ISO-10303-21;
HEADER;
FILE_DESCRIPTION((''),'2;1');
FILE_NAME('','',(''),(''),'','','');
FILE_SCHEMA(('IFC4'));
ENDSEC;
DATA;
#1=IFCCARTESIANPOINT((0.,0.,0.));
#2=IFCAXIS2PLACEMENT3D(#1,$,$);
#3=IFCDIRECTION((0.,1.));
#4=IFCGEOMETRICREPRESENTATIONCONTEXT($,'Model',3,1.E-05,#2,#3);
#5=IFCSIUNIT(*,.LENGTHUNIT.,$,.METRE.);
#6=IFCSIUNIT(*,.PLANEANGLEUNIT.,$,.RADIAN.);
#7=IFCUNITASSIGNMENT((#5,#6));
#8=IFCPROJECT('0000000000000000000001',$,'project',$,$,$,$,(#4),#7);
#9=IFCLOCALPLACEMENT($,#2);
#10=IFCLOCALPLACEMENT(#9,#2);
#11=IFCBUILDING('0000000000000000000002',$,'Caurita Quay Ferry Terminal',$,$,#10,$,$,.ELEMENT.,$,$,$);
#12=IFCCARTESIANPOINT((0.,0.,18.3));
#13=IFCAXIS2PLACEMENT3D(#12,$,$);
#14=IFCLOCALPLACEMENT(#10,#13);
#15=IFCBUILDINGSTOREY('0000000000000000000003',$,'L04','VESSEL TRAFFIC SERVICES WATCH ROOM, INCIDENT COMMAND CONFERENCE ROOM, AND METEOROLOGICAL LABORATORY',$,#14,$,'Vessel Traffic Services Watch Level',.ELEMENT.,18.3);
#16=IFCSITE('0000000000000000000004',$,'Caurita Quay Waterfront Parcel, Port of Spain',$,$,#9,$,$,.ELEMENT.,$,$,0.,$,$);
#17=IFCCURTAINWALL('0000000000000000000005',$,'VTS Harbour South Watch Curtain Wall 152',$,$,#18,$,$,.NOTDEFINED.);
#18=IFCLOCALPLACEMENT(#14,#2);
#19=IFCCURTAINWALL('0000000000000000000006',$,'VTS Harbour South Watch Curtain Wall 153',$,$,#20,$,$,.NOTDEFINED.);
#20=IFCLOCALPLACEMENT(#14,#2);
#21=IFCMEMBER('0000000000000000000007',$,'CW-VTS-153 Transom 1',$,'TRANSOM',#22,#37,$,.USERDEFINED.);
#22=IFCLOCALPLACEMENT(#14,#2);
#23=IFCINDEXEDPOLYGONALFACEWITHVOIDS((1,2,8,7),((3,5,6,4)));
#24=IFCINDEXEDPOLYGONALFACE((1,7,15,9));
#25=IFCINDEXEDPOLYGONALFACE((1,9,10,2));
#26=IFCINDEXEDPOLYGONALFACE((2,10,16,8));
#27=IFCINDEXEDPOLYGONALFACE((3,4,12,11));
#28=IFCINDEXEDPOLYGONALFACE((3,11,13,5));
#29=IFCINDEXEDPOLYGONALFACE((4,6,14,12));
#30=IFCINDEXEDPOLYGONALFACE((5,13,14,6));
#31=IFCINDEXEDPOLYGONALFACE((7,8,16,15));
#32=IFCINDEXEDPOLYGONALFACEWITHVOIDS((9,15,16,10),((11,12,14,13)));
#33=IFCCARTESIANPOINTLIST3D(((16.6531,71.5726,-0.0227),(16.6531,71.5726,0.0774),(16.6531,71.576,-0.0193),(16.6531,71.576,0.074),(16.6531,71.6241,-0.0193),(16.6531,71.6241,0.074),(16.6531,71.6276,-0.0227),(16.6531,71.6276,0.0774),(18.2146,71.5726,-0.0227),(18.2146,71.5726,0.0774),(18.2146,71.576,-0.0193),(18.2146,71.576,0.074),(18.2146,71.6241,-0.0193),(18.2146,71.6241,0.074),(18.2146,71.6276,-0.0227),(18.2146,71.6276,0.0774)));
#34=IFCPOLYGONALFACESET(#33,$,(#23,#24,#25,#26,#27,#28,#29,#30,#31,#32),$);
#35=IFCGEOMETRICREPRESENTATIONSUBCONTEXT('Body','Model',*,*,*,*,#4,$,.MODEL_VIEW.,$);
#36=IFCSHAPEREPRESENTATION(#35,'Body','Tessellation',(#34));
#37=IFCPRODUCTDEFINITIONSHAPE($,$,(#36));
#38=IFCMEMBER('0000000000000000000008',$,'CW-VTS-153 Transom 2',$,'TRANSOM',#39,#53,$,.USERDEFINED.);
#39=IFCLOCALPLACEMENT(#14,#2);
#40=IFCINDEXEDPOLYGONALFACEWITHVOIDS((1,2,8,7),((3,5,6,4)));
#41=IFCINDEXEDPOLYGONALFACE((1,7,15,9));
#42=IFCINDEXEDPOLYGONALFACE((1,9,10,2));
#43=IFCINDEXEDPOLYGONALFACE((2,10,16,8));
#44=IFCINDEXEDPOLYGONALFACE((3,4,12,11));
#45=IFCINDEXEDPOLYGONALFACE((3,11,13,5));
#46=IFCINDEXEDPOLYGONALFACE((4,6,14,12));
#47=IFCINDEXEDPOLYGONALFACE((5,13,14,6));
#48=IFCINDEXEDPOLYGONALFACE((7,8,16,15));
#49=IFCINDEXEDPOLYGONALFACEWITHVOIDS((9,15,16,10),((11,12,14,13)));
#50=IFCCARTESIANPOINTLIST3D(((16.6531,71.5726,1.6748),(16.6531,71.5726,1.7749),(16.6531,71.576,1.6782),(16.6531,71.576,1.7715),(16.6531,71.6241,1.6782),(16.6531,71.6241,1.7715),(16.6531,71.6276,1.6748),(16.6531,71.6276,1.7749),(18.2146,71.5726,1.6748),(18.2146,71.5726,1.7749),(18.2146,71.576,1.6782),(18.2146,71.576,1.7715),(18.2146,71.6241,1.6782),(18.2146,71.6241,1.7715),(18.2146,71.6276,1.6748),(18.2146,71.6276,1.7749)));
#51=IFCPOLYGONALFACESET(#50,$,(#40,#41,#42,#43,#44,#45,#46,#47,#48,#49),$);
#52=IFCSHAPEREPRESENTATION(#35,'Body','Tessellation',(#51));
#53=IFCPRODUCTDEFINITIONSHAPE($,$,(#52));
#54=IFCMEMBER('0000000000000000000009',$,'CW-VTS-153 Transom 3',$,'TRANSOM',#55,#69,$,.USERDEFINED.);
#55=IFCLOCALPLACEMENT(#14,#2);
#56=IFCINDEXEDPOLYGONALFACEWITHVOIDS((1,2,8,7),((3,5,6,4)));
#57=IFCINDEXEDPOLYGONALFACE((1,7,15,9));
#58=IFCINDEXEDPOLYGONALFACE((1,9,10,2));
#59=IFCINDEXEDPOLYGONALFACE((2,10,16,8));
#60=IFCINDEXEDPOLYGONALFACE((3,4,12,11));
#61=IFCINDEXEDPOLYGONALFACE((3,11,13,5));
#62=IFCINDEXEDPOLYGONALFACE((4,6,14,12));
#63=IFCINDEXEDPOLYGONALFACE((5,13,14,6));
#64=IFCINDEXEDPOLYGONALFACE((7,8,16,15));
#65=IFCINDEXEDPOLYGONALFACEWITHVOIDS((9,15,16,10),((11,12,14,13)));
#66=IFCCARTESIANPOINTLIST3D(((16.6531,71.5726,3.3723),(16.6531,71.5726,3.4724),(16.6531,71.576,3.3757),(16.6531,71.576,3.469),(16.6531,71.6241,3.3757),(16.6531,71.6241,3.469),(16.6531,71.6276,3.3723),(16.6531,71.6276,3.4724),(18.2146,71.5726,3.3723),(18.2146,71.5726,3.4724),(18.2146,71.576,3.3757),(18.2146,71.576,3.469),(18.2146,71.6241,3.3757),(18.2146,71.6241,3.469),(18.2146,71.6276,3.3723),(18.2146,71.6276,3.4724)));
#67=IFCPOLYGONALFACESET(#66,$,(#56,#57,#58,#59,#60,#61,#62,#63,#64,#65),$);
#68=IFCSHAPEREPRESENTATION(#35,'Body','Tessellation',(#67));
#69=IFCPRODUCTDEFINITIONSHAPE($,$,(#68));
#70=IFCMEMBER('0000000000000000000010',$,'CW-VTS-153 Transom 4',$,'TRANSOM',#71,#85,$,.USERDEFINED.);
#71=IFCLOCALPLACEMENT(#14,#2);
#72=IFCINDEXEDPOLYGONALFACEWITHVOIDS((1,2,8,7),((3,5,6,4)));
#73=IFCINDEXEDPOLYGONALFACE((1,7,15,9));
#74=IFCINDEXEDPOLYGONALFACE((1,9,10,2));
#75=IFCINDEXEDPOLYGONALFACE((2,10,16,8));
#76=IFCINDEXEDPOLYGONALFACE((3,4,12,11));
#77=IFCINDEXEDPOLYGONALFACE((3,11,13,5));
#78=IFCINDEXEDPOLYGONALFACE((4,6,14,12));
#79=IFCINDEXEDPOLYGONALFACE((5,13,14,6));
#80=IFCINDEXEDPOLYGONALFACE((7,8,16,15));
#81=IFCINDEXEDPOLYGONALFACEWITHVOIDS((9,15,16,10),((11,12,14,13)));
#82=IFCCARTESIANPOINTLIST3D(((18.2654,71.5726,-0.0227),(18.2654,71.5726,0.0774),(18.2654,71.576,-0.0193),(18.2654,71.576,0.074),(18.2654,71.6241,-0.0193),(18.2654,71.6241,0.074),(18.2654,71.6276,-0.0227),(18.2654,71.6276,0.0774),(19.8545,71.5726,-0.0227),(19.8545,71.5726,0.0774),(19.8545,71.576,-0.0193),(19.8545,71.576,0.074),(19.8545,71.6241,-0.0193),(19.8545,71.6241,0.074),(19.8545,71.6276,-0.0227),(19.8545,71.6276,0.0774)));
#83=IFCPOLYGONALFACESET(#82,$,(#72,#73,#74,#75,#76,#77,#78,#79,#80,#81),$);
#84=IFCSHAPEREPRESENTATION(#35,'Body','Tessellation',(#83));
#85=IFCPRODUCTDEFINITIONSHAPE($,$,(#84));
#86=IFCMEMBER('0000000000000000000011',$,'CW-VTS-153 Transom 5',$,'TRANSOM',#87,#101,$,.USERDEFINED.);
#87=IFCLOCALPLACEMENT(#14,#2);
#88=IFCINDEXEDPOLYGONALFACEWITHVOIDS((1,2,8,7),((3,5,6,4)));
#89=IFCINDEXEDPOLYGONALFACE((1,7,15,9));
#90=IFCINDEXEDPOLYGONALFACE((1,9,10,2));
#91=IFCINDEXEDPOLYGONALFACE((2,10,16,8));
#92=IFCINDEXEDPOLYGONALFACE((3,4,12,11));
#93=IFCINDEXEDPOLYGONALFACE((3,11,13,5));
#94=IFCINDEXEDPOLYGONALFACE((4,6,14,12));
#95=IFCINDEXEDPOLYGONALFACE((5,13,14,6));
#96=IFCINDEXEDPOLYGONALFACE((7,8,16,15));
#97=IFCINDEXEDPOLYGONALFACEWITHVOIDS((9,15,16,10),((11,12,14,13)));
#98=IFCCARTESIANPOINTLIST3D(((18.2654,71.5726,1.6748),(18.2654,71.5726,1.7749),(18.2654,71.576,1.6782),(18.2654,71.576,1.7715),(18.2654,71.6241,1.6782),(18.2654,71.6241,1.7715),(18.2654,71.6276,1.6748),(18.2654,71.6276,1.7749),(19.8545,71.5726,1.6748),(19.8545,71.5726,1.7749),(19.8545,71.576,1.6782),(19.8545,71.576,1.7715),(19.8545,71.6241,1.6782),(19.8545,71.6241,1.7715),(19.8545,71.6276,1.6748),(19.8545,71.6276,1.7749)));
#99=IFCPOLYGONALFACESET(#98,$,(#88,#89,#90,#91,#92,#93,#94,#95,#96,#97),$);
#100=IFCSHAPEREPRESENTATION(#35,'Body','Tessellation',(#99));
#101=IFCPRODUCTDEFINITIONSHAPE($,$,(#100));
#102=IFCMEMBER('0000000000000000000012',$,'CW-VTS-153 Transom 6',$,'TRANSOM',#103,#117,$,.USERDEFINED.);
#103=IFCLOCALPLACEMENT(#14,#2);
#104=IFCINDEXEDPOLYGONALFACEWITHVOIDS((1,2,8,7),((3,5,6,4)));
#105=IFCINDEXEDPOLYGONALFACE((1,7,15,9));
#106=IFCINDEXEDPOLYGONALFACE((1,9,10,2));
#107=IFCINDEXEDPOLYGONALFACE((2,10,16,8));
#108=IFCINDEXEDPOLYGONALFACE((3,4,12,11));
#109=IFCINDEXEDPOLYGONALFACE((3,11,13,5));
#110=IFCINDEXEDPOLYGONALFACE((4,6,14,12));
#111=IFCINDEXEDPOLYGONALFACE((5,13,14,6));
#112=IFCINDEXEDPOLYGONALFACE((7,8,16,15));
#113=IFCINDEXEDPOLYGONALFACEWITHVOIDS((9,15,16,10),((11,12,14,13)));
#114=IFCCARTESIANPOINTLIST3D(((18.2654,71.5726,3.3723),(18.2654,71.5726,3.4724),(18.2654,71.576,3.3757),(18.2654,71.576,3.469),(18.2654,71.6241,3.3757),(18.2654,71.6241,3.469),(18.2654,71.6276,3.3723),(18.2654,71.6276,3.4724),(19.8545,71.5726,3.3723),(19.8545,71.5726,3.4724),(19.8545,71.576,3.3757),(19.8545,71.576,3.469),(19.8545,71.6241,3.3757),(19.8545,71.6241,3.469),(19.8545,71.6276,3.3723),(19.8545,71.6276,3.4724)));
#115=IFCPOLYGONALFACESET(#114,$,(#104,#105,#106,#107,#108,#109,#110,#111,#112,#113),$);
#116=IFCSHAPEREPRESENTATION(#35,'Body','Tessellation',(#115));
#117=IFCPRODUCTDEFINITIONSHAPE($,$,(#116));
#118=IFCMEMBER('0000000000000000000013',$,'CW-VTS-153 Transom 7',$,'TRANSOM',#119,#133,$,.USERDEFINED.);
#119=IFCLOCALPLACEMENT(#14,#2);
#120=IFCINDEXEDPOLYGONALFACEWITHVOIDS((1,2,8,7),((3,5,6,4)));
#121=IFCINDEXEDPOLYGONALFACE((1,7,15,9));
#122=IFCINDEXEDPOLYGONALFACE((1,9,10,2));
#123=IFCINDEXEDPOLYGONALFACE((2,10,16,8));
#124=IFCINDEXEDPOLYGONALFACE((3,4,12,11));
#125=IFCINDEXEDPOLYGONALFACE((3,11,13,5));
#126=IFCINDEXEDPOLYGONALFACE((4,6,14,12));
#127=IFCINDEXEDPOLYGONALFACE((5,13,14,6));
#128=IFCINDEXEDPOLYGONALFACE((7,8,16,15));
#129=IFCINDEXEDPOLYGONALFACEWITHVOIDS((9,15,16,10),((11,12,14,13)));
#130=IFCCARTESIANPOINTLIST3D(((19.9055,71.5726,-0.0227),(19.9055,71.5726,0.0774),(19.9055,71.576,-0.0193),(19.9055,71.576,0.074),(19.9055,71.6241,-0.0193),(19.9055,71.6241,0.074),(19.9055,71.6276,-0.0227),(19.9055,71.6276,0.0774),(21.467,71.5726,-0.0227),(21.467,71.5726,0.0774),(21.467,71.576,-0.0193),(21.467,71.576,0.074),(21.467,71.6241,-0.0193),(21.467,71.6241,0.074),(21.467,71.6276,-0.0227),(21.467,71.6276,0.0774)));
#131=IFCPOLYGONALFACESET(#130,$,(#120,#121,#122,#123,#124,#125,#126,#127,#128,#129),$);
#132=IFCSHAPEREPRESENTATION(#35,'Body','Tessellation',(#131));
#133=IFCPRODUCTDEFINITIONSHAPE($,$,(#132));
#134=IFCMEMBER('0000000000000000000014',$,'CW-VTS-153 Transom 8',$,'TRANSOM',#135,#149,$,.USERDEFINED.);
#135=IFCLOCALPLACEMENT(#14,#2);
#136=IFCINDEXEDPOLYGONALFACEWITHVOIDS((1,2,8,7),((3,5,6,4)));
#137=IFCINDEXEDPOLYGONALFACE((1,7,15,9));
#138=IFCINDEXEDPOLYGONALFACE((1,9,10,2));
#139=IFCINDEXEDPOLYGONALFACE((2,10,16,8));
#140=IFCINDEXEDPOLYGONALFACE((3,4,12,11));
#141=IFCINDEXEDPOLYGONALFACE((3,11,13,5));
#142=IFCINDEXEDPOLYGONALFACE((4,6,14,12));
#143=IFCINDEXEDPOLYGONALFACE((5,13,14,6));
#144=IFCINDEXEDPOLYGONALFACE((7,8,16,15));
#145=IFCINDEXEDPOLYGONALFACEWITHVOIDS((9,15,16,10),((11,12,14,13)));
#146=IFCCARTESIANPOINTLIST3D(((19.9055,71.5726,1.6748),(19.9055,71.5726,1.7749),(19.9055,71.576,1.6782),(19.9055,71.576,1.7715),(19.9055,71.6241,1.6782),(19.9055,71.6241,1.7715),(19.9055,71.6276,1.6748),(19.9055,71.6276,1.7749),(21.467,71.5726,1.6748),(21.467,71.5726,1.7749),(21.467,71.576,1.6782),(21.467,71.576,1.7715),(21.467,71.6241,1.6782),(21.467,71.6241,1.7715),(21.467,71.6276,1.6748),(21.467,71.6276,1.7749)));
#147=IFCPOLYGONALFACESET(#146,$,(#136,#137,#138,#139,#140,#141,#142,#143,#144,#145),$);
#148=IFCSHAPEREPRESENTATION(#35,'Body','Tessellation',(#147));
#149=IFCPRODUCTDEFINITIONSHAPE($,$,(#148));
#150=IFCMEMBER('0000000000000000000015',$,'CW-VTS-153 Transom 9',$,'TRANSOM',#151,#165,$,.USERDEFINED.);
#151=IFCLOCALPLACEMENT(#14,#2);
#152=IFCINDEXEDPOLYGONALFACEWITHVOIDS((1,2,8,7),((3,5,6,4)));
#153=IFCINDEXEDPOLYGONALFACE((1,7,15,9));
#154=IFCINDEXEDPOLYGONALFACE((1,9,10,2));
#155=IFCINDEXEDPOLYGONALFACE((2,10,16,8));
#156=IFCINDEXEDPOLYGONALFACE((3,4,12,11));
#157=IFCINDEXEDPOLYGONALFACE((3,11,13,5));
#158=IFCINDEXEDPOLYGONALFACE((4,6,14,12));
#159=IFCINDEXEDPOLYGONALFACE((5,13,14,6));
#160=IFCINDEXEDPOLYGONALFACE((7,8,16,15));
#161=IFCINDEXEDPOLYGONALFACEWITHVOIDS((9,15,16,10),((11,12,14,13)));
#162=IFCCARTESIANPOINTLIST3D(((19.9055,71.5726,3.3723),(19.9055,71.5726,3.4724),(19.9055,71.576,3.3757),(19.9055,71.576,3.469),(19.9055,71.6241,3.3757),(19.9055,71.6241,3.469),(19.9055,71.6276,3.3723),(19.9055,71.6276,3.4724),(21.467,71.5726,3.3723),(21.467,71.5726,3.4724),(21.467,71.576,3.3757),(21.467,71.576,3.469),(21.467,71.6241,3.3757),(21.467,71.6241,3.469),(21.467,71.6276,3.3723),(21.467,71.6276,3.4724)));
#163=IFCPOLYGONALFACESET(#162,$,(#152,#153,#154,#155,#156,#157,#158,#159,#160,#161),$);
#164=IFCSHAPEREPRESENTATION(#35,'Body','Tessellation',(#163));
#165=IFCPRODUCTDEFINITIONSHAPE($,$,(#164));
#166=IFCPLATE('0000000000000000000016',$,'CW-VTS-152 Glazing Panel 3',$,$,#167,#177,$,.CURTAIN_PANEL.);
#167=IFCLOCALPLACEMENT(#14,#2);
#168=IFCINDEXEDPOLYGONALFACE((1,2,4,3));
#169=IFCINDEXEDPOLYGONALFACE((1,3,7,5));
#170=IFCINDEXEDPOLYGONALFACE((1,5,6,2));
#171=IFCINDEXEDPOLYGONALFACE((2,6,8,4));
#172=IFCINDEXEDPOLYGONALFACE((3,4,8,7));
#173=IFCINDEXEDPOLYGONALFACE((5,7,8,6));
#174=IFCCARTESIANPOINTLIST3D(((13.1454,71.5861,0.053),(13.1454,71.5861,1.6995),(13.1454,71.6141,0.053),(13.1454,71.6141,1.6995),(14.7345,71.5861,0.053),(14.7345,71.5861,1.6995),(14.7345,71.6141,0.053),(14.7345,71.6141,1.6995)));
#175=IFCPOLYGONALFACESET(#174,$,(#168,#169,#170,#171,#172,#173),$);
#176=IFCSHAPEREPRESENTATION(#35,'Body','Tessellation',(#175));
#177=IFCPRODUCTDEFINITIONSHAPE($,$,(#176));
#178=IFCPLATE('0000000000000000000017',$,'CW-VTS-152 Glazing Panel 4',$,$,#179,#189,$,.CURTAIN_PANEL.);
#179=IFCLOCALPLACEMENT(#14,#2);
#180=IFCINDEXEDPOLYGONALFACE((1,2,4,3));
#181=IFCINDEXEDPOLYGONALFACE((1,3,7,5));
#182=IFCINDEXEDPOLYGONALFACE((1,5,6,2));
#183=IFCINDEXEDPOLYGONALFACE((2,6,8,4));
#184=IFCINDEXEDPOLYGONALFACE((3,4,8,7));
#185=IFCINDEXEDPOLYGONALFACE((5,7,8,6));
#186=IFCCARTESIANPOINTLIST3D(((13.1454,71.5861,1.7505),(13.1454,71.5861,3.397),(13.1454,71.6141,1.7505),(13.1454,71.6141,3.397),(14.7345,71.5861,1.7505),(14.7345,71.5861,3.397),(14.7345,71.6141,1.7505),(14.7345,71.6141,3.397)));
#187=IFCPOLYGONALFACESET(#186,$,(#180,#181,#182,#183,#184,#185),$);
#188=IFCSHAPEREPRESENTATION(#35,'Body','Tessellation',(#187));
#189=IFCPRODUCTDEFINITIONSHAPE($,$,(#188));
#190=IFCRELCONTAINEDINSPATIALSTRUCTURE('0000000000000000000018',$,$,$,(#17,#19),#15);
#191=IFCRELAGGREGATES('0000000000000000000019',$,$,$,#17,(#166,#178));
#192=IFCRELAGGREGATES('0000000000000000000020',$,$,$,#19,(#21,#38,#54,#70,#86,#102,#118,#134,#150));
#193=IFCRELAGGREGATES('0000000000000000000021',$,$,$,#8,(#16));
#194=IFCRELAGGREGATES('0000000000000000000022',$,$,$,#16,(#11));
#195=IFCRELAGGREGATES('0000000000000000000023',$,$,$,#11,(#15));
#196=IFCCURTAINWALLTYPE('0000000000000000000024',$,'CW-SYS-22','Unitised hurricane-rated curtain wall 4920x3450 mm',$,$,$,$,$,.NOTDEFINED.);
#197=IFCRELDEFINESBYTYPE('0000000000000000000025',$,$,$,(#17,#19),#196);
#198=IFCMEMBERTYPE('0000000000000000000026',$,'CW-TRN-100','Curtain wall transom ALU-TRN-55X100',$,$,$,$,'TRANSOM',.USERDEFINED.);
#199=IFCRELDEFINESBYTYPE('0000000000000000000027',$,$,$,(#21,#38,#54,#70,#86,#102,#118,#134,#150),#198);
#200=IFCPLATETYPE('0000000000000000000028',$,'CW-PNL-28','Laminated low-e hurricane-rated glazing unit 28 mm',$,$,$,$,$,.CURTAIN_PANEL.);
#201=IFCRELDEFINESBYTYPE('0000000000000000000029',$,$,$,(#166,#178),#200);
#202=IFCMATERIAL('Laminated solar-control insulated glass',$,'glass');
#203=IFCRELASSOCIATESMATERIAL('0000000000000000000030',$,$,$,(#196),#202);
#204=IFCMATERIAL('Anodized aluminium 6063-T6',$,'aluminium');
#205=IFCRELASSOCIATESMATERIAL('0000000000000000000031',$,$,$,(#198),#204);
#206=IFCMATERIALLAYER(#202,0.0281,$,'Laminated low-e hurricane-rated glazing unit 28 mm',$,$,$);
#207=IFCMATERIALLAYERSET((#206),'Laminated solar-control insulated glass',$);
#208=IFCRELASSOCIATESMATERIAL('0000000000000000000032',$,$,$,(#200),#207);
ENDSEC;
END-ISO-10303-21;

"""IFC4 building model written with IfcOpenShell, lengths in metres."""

from ifc_helpers import new_model, si_unit, direction, frame, origin, origin_2d, place, context, subcontext, project, spatial, rectangle, hollow_rectangle, extrude, material, layer, layer_set, material_profile, profile_set, type_object, element, aggregate, save


model = new_model("IFC4")

# Units and contexts
model_context = context("Model", 3, precision=1e-05, world=origin(), true_north=direction((0.0, 1.0)))
body_context = subcontext(model_context, "Body", "Model", "MODEL_VIEW")
ifc_project = project(units=[si_unit("LENGTHUNIT", "METRE"), si_unit("PLANEANGLEUNIT", "RADIAN")], contexts=[model_context])

# Site, building, storey
site_placement = place(None, origin())
site = spatial("IfcSite", under=ifc_project, at=site_placement, Name="Caurita Quay Waterfront Parcel, Port of Spain", CompositionType="ELEMENT", RefElevation=0.0)
building_placement = place(site_placement, origin())
building = spatial("IfcBuilding", under=site, at=building_placement, Name="Caurita Quay Ferry Terminal", CompositionType="ELEMENT")
storey_placement = place(building_placement, frame((0.0, 0.0, 18.3)))
storey = spatial("IfcBuildingStorey", under=building, at=storey_placement, Name="L04", Description="VESSEL TRAFFIC SERVICES WATCH ROOM, INCIDENT COMMAND CONFERENCE ROOM, AND METEOROLOGICAL LABORATORY", LongName="Vessel Traffic Services Watch Level", CompositionType="ELEMENT", Elevation=18.3)

# Curtain walls
ifc_material_1 = material(Name="Laminated solar-control insulated glass", Category="glass")
curtain_wall_type = type_object("IfcCurtainWallType", Name="CW-SYS-22", Description="Unitised hurricane-rated curtain wall 4920x3450 mm", PredefinedType="NOTDEFINED", material=ifc_material_1)
curtain_wall_1_placement = place(storey_placement, origin())
curtain_wall_1 = element("IfcCurtainWall", 1, at=curtain_wall_1_placement, inside=storey, type_object=curtain_wall_type, Name="VTS Harbour South Watch Curtain Wall 152", PredefinedType="NOTDEFINED")
ifc_material_2 = material(Name="Anodized aluminium 6063-T6", Category="aluminium")
curtain_wall_2_placement = place(storey_placement, origin())
curtain_wall_2 = element("IfcCurtainWall", 2, at=curtain_wall_2_placement, inside=storey, type_object=curtain_wall_type, Name="VTS Harbour South Watch Curtain Wall 153", PredefinedType="NOTDEFINED")

# Members
ifc_material_profile_1 = material_profile(ifc_material_2, hollow_rectangle(XDim=0.0549, YDim=0.1001, WallThickness=0.0034, at=origin_2d()), Name="ALU-TRN-55X100")
ifc_profile_set_1 = profile_set([ifc_material_profile_1], Name="Anodized aluminium 6063-T6")
member_type_1 = type_object("IfcMemberType", Name="CW-TRN-100", Description="Curtain wall transom ALU-TRN-55X100", ElementType="TRANSOM", PredefinedType="USERDEFINED", material=ifc_profile_set_1)
member_1_placement = place(storey_placement, frame((16.6531, 71.6001, 0.0273), z_axis=(1.0, 0.0, 0.0), x_axis=(0.0, 1.0, 0.0)))
member_1 = element("IfcMember", 3, at=member_1_placement, type_object=member_type_1, Name="CW-VTS-153 Transom 1", ObjectType="TRANSOM", PredefinedType="USERDEFINED", context=body_context, shape_type="SweptSolid", body=[
    extrude(hollow_rectangle(XDim=0.0549, YDim=0.1001, WallThickness=0.0034, at=origin_2d()), origin(), (0.0, 0.0, 1.0), 1.5615),
])
member_2_placement = place(storey_placement, frame((16.6531, 71.6001, 1.7249), z_axis=(1.0, 0.0, 0.0), x_axis=(0.0, 1.0, 0.0)))
member_2 = element("IfcMember", 4, at=member_2_placement, type_object=member_type_1, Name="CW-VTS-153 Transom 2", ObjectType="TRANSOM", PredefinedType="USERDEFINED", context=body_context, shape_type="SweptSolid", body=[
    extrude(hollow_rectangle(XDim=0.0549, YDim=0.1001, WallThickness=0.0034, at=origin_2d()), origin(), (0.0, 0.0, 1.0), 1.5615),
])
member_3_placement = place(storey_placement, frame((16.6531, 71.6001, 3.4224), z_axis=(1.0, 0.0, 0.0), x_axis=(0.0, 1.0, 0.0)))
member_3 = element("IfcMember", 5, at=member_3_placement, type_object=member_type_1, Name="CW-VTS-153 Transom 3", ObjectType="TRANSOM", PredefinedType="USERDEFINED", context=body_context, shape_type="SweptSolid", body=[
    extrude(hollow_rectangle(XDim=0.0549, YDim=0.1001, WallThickness=0.0034, at=origin_2d()), origin(), (0.0, 0.0, 1.0), 1.5615),
])
member_4_placement = place(storey_placement, frame((18.2654, 71.6001, 0.0273), z_axis=(1.0, 0.0, 0.0), x_axis=(0.0, 1.0, 0.0)))
member_4 = element("IfcMember", 6, at=member_4_placement, type_object=member_type_1, Name="CW-VTS-153 Transom 4", ObjectType="TRANSOM", PredefinedType="USERDEFINED", context=body_context, shape_type="SweptSolid", body=[
    extrude(hollow_rectangle(XDim=0.0549, YDim=0.1001, WallThickness=0.0034, at=origin_2d()), origin(), (0.0, 0.0, 1.0), 1.5891),
])
member_5_placement = place(storey_placement, frame((18.2654, 71.6001, 1.7249), z_axis=(1.0, 0.0, 0.0), x_axis=(0.0, 1.0, 0.0)))
member_5 = element("IfcMember", 7, at=member_5_placement, type_object=member_type_1, Name="CW-VTS-153 Transom 5", ObjectType="TRANSOM", PredefinedType="USERDEFINED", context=body_context, shape_type="SweptSolid", body=[
    extrude(hollow_rectangle(XDim=0.0549, YDim=0.1001, WallThickness=0.0034, at=origin_2d()), origin(), (0.0, 0.0, 1.0), 1.5891),
])
member_6_placement = place(storey_placement, frame((18.2654, 71.6001, 3.4224), z_axis=(1.0, 0.0, 0.0), x_axis=(0.0, 1.0, 0.0)))
member_6 = element("IfcMember", 8, at=member_6_placement, type_object=member_type_1, Name="CW-VTS-153 Transom 6", ObjectType="TRANSOM", PredefinedType="USERDEFINED", context=body_context, shape_type="SweptSolid", body=[
    extrude(hollow_rectangle(XDim=0.0549, YDim=0.1001, WallThickness=0.0034, at=origin_2d()), origin(), (0.0, 0.0, 1.0), 1.5891),
])
member_7_placement = place(storey_placement, frame((19.9055, 71.6001, 0.0273), z_axis=(1.0, 0.0, 0.0), x_axis=(0.0, 1.0, 0.0)))
member_7 = element("IfcMember", 9, at=member_7_placement, type_object=member_type_1, Name="CW-VTS-153 Transom 7", ObjectType="TRANSOM", PredefinedType="USERDEFINED", context=body_context, shape_type="SweptSolid", body=[
    extrude(hollow_rectangle(XDim=0.0549, YDim=0.1001, WallThickness=0.0034, at=origin_2d()), origin(), (0.0, 0.0, 1.0), 1.5615),
])
member_8_placement = place(storey_placement, frame((19.9055, 71.6001, 1.7249), z_axis=(1.0, 0.0, 0.0), x_axis=(0.0, 1.0, 0.0)))
member_8 = element("IfcMember", 10, at=member_8_placement, type_object=member_type_1, Name="CW-VTS-153 Transom 8", ObjectType="TRANSOM", PredefinedType="USERDEFINED", context=body_context, shape_type="SweptSolid", body=[
    extrude(hollow_rectangle(XDim=0.0549, YDim=0.1001, WallThickness=0.0034, at=origin_2d()), origin(), (0.0, 0.0, 1.0), 1.5615),
])
member_9_placement = place(storey_placement, frame((19.9055, 71.6001, 3.4224), z_axis=(1.0, 0.0, 0.0), x_axis=(0.0, 1.0, 0.0)))
member_9 = element("IfcMember", 11, at=member_9_placement, type_object=member_type_1, Name="CW-VTS-153 Transom 9", ObjectType="TRANSOM", PredefinedType="USERDEFINED", context=body_context, shape_type="SweptSolid", body=[
    extrude(hollow_rectangle(XDim=0.0549, YDim=0.1001, WallThickness=0.0034, at=origin_2d()), origin(), (0.0, 0.0, 1.0), 1.5615),
])

# Plates
ifc_layer = layer(ifc_material_1, 0.0281, Name="Laminated low-e hurricane-rated glazing unit 28 mm")
ifc_layer_set = layer_set([ifc_layer], Name="Laminated solar-control insulated glass")
plate_type = type_object("IfcPlateType", Name="CW-PNL-28", Description="Laminated low-e hurricane-rated glazing unit 28 mm", PredefinedType="CURTAIN_PANEL", material=ifc_layer_set)
plate_1_placement = place(storey_placement, frame((13.9399, 71.6001, 0.053), z_axis=(0.0, 0.0, 1.0), x_axis=(1.0, 0.0, 0.0)))
plate_1 = element("IfcPlate", 12, at=plate_1_placement, type_object=plate_type, Name="CW-VTS-152 Glazing Panel 3", PredefinedType="CURTAIN_PANEL", context=body_context, shape_type="SweptSolid", body=[
    extrude(rectangle(XDim=1.5891, YDim=0.0281, at=origin_2d()), origin(), (0.0, 0.0, 1.0), 1.6465),
])
plate_2_placement = place(storey_placement, frame((13.9399, 71.6001, 1.7505), z_axis=(0.0, 0.0, 1.0), x_axis=(1.0, 0.0, 0.0)))
plate_2 = element("IfcPlate", 13, at=plate_2_placement, type_object=plate_type, Name="CW-VTS-152 Glazing Panel 4", PredefinedType="CURTAIN_PANEL", context=body_context, shape_type="SweptSolid", body=[
    extrude(rectangle(XDim=1.5891, YDim=0.0281, at=origin_2d()), origin(), (0.0, 0.0, 1.0), 1.6465),
])
aggregate(curtain_wall_1, [plate_1, plate_2])
aggregate(curtain_wall_2, [member_1, member_2, member_3, member_4, member_5, member_6, member_7, member_8, member_9])

save(model, "model.ifc")
